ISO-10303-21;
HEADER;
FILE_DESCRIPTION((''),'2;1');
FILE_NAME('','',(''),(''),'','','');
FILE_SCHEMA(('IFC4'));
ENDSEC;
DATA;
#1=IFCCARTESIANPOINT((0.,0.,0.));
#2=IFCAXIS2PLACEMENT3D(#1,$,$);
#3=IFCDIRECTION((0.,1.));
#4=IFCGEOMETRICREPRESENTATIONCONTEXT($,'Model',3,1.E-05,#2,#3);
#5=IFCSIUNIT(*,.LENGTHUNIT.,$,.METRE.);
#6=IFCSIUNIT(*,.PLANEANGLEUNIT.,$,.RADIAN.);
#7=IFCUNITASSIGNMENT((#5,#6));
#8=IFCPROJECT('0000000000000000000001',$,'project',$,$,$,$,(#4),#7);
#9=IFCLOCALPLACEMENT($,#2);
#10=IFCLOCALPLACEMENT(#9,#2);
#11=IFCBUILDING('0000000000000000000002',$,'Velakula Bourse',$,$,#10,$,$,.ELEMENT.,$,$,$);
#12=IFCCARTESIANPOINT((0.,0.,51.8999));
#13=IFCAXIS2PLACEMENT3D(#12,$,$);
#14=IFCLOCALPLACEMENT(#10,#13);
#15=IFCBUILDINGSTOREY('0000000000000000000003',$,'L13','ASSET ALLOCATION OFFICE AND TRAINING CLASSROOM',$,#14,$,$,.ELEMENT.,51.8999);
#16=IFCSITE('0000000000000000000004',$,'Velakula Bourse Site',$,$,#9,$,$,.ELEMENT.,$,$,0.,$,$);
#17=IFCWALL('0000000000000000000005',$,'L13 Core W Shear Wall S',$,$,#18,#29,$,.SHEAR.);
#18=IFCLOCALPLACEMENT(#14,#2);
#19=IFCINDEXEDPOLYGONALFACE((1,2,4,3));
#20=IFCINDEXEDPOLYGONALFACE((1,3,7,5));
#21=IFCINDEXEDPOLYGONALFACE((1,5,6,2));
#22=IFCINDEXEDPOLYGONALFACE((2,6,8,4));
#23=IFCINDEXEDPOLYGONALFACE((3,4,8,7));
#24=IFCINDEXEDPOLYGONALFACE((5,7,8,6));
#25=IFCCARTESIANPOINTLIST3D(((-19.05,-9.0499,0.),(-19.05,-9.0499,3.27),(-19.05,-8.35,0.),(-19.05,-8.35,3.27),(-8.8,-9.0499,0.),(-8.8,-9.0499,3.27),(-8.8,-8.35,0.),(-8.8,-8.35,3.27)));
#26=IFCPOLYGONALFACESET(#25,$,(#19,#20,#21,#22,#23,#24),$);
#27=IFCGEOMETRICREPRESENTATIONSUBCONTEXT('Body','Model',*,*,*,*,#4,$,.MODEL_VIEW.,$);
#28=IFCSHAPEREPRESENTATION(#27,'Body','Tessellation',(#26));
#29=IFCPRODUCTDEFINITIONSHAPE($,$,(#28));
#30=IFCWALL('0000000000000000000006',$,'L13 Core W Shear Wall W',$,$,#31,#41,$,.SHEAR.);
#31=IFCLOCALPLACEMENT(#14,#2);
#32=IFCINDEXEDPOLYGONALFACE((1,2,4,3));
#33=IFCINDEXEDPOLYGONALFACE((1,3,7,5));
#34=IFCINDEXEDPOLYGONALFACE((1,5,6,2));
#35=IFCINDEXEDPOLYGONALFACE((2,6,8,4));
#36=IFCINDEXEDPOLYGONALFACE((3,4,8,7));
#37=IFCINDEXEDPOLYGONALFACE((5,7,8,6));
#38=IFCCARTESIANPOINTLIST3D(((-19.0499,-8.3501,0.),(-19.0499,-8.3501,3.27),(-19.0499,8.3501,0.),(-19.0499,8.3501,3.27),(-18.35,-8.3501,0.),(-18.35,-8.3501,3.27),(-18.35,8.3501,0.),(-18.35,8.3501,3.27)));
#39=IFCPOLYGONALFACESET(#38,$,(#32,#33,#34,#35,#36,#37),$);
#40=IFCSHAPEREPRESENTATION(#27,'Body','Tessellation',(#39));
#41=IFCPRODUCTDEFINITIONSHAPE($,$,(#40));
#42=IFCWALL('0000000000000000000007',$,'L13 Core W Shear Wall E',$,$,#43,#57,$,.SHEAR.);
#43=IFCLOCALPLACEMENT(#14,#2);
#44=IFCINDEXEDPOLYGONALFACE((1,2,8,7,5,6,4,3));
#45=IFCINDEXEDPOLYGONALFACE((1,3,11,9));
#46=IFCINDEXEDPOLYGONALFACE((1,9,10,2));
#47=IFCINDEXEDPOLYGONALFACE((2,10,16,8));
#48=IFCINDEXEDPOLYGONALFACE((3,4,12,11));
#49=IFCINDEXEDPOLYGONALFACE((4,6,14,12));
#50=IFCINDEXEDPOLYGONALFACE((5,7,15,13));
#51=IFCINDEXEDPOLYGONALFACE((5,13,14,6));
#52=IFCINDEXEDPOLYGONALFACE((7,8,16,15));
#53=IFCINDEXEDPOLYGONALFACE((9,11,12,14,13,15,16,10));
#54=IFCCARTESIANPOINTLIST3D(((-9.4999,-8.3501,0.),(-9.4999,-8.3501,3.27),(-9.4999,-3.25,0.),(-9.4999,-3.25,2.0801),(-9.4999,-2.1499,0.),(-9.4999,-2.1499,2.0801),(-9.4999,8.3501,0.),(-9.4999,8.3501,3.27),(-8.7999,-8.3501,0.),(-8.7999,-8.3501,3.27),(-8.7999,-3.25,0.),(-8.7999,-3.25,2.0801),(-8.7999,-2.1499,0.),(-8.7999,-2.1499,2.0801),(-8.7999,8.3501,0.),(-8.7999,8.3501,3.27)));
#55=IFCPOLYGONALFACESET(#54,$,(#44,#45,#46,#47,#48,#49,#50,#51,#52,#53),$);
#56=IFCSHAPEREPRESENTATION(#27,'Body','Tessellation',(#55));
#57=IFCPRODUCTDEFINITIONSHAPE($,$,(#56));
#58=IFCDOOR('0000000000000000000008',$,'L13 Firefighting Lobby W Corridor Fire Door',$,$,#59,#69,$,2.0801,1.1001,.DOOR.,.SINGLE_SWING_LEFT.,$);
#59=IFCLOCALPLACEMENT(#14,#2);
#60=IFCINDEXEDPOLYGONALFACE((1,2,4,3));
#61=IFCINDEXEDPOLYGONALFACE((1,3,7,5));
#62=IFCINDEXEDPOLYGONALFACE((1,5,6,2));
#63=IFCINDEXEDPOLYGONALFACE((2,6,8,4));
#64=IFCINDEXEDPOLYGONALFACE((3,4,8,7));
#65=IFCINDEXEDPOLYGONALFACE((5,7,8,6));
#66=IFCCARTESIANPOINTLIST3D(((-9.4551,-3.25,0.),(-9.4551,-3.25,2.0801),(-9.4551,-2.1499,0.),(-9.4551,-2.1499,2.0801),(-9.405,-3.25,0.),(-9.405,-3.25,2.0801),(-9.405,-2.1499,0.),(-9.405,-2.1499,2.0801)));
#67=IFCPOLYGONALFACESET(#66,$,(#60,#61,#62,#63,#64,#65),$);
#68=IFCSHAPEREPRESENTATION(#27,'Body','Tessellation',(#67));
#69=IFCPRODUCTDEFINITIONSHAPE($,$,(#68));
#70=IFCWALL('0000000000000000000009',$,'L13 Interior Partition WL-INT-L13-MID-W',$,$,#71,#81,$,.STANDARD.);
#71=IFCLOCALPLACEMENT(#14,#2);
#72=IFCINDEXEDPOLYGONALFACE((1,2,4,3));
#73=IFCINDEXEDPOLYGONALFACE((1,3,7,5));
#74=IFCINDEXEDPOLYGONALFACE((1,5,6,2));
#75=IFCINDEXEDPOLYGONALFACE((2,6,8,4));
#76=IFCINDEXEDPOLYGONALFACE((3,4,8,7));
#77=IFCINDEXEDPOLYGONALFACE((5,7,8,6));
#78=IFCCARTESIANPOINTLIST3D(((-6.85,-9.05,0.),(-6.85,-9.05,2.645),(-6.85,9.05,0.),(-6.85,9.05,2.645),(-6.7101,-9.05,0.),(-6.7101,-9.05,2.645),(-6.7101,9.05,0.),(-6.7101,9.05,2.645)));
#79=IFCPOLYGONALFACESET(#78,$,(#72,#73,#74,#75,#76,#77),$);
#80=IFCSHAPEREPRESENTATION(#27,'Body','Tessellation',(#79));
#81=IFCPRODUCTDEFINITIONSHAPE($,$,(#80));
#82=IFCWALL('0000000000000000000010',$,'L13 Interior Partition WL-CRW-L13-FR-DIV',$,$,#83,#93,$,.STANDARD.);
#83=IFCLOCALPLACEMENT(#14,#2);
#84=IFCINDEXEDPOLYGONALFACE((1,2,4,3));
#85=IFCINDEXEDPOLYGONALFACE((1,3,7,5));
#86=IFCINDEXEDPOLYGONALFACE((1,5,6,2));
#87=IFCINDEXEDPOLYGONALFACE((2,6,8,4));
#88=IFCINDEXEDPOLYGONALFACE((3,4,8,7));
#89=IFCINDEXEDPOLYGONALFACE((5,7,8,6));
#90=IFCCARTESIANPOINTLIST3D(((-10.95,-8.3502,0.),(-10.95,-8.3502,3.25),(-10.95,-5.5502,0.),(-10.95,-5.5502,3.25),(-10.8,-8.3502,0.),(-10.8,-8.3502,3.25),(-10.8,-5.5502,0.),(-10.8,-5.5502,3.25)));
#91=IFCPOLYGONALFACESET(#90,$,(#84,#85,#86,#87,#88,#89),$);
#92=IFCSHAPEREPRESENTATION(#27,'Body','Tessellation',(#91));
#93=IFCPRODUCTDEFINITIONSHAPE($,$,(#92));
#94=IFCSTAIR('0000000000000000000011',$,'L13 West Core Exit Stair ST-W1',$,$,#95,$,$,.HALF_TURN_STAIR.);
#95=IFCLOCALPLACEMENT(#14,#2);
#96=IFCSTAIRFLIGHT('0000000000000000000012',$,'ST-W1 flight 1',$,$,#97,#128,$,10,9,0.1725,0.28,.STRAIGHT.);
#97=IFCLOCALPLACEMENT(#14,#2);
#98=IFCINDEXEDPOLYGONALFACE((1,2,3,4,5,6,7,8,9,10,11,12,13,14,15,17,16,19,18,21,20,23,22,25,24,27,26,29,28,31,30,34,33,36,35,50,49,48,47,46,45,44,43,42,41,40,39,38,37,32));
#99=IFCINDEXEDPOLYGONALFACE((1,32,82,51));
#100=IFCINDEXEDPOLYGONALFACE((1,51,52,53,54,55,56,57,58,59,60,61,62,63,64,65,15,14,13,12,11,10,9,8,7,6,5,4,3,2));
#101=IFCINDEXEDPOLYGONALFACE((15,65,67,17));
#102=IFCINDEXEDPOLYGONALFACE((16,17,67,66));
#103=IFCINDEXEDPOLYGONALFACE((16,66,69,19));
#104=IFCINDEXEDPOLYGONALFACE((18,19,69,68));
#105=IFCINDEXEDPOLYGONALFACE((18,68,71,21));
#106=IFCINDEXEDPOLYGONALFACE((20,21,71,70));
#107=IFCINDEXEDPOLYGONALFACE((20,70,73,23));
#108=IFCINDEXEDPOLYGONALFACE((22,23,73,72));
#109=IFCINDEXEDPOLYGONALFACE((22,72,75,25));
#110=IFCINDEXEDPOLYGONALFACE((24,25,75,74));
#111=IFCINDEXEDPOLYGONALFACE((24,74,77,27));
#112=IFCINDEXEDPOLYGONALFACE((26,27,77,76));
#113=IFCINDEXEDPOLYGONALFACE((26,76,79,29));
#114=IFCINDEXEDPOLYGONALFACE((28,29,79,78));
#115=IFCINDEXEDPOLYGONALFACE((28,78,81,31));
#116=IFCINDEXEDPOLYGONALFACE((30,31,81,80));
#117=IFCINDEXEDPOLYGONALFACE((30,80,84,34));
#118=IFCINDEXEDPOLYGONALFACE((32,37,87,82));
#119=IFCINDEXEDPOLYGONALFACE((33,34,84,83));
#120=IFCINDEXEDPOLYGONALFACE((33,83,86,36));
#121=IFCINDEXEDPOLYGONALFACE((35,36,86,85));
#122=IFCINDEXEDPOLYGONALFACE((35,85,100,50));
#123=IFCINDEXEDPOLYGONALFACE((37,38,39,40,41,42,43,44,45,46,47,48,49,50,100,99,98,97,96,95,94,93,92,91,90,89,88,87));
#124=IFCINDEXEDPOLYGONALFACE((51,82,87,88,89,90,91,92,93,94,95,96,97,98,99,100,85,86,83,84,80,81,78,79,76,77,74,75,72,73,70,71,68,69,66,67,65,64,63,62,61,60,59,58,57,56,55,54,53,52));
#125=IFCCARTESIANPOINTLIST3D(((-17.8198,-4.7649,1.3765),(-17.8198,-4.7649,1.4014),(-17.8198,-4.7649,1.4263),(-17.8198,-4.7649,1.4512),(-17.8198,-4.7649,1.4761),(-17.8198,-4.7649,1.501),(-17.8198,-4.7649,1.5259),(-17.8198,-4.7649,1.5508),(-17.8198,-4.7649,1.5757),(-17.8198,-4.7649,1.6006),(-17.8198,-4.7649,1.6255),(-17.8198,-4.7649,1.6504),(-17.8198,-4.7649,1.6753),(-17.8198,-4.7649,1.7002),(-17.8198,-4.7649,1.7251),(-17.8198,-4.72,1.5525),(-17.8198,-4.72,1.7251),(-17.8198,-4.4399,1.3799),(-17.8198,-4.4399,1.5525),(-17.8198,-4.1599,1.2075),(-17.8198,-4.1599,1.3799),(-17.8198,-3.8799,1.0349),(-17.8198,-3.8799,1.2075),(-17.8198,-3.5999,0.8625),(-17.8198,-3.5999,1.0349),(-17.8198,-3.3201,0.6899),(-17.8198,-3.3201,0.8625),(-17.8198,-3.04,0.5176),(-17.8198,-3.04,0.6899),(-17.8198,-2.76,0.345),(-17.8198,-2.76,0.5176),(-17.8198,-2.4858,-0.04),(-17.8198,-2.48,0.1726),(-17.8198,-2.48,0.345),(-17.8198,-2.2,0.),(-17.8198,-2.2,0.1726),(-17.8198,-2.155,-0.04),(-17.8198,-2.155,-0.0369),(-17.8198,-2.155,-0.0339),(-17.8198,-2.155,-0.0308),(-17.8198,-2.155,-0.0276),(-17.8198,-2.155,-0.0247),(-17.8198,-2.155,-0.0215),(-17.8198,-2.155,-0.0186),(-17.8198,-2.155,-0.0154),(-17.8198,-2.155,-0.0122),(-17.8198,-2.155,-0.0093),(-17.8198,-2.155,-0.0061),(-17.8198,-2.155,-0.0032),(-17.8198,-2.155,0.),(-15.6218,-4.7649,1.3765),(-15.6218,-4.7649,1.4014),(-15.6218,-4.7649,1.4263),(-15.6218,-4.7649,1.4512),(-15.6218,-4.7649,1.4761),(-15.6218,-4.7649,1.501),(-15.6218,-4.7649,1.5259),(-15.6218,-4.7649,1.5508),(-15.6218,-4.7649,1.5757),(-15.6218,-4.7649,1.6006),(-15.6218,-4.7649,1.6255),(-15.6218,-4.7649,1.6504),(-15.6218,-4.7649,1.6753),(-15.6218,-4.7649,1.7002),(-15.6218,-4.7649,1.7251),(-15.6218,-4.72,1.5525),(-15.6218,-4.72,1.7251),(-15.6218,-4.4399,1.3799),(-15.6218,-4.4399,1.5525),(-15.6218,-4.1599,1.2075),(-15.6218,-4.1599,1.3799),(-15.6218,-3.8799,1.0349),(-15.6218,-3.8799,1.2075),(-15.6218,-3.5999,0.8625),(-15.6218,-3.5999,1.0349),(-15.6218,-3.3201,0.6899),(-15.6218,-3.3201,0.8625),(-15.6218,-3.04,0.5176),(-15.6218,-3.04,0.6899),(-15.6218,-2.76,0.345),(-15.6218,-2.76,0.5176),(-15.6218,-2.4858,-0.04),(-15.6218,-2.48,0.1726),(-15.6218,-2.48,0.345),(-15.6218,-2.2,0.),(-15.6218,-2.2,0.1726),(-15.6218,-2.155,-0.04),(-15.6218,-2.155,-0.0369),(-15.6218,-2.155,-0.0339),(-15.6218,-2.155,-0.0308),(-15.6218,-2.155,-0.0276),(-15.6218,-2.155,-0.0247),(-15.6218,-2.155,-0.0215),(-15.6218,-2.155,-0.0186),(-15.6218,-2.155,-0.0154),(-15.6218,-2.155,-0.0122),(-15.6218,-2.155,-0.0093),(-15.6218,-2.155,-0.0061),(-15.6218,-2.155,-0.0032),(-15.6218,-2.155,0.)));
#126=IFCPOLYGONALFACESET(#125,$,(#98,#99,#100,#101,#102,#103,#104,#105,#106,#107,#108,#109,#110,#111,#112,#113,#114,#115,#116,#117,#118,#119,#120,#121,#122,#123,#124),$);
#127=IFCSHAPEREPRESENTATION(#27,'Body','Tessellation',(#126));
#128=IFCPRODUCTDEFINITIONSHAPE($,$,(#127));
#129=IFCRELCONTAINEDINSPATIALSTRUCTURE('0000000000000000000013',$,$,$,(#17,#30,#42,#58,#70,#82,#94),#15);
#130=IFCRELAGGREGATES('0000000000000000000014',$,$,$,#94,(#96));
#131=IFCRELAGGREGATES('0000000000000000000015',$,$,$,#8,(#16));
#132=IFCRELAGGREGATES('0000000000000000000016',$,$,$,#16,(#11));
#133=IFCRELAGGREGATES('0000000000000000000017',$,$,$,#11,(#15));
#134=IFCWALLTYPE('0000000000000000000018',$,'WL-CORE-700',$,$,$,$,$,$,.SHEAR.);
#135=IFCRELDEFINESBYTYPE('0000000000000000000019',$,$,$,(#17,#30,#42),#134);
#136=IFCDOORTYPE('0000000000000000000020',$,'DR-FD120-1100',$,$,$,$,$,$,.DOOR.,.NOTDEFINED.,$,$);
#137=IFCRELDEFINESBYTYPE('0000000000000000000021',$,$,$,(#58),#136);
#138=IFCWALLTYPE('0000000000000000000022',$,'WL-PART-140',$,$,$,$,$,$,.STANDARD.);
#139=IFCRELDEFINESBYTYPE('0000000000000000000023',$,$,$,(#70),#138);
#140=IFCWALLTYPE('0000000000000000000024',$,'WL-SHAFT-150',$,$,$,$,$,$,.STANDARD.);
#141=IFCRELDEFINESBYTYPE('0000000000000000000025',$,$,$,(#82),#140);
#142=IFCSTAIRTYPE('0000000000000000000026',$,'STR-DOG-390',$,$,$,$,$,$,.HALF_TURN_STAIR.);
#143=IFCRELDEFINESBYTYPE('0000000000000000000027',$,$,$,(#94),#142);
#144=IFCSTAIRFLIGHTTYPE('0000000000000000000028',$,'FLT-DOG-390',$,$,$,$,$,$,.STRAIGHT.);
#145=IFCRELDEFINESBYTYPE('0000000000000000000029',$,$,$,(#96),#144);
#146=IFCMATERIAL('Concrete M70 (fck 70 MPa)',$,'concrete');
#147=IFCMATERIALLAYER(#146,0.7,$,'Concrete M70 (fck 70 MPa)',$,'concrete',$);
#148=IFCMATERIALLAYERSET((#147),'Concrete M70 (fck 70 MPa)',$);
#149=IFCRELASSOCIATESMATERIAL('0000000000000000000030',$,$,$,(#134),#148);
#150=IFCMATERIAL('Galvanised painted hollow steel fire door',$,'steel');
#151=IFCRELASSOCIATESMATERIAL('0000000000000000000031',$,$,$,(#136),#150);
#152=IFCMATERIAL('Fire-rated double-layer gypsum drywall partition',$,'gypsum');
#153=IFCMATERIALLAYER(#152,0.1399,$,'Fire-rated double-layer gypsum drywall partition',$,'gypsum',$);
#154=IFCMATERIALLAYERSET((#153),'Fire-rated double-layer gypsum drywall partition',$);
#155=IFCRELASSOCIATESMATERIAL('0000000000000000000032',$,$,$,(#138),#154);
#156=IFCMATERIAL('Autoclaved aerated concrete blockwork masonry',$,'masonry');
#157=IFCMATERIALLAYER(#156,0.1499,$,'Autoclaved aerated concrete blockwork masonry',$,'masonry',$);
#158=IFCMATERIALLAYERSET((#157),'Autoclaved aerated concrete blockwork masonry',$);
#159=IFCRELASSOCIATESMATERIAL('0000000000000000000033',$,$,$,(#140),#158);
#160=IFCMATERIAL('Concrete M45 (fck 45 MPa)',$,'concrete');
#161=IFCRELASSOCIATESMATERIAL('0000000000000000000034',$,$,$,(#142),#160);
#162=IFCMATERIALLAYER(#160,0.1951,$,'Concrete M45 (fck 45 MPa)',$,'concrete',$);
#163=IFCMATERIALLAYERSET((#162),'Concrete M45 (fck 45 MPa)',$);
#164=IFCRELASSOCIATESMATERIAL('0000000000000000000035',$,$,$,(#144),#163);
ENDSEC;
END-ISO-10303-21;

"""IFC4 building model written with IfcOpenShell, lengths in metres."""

from ifc_helpers import new_model, si_unit, direction, frame, frame_2d, origin, place, context, subcontext, project, spatial, polyline, rectangle, outline, extrude, material, layer, layer_set, type_object, element, fill, aggregate, save


model = new_model("IFC4")

# Units and contexts
model_context = context("Model", 3, precision=1e-05, world=origin(), true_north=direction((0.0, 1.0)))
body_context = subcontext(model_context, "Body", "Model", "MODEL_VIEW")
ifc_project = project(units=[si_unit("LENGTHUNIT", "METRE"), si_unit("PLANEANGLEUNIT", "RADIAN")], contexts=[model_context])

# Site, building, storey
site_placement = place(None, origin())
site = spatial("IfcSite", under=ifc_project, at=site_placement, Name="Velakula Bourse Site", CompositionType="ELEMENT", RefElevation=0.0)
building_placement = place(site_placement, origin())
building = spatial("IfcBuilding", under=site, at=building_placement, Name="Velakula Bourse", CompositionType="ELEMENT")
storey_placement = place(building_placement, frame((0.0, 0.0, 51.8999)))
storey = spatial("IfcBuildingStorey", under=building, at=storey_placement, Name="L13", Description="ASSET ALLOCATION OFFICE AND TRAINING CLASSROOM", CompositionType="ELEMENT", Elevation=51.8999)

# Shared definitions
ifc_material_1 = material(Name="Concrete M70 (fck 70 MPa)", Category="concrete")

# Shared definitions
ifc_material_2 = material(Name="Galvanised painted hollow steel fire door", Category="steel")

# Walls
ifc_layer_1 = layer(ifc_material_1, 0.7, Name="Concrete M70 (fck 70 MPa)", Category="concrete")
ifc_layer_set_1 = layer_set([ifc_layer_1], Name="Concrete M70 (fck 70 MPa)")
wall_type_1 = type_object("IfcWallType", Name="WL-CORE-700", PredefinedType="SHEAR", material=ifc_layer_set_1)
wall_1_placement = place(storey_placement, frame((-19.05, -8.7, 0.0), z_axis=(0.0, 0.0, 1.0), x_axis=(1.0, 0.0, 0.0)))
element("IfcWall", 1, at=wall_1_placement, inside=storey, type_object=wall_type_1, Name="L13 Core W Shear Wall S", PredefinedType="SHEAR", context=body_context, shape_type="SweptSolid", body=[
    extrude(rectangle(XDim=10.25, YDim=0.7, at=frame_2d((5.125, 0.0))), origin(), (0.0, 0.0, 1.0), 3.27),
])
wall_2_placement = place(storey_placement, frame((-18.7, -8.3501, 0.0), z_axis=(0.0, 0.0, 1.0), x_axis=(0.0, 1.0, 0.0)))
element("IfcWall", 2, at=wall_2_placement, inside=storey, type_object=wall_type_1, Name="L13 Core W Shear Wall W", PredefinedType="SHEAR", context=body_context, shape_type="SweptSolid", body=[
    extrude(rectangle(XDim=16.7002, YDim=0.7, at=frame_2d((8.3501, 0.0))), origin(), (0.0, 0.0, 1.0), 3.27),
])

# Wall, opening, door
wall_3_placement = place(storey_placement, frame((-9.1499, -8.3501, 0.0), z_axis=(0.0, 0.0, 1.0), x_axis=(0.0, 1.0, 0.0)))
wall_3 = element("IfcWall", 3, at=wall_3_placement, inside=storey, type_object=wall_type_1, Name="L13 Core W Shear Wall E", PredefinedType="SHEAR", context=body_context, shape_type="SweptSolid", body=[
    extrude(rectangle(XDim=16.7002, YDim=0.7, at=frame_2d((8.3501, 0.0))), origin(), (0.0, 0.0, 1.0), 3.27),
])
opening_1_placement = place(wall_3_placement, frame((5.1001, 0.0, 0.0)))
opening_1 = element("IfcOpeningElement", 4, at=opening_1_placement, cuts=wall_3, PredefinedType="OPENING", context=body_context, shape_type="SweptSolid", body=[
    extrude(rectangle(XDim=1.1001, YDim=2.0801, at=frame_2d((0.55, 1.04))), frame((0.0, 0.3599, 0.0), z_axis=(0.0, -1.0, 0.0), x_axis=(1.0, 0.0, 0.0)), (0.0, 0.0, 1.0), 0.72),
])
door_type_1 = type_object("IfcDoorType", Name="DR-FD120-1100", OperationType="NOTDEFINED", PredefinedType="DOOR", material=ifc_material_2)
door_1_placement = place(opening_1_placement, origin())
door_1 = element("IfcDoor", 5, at=door_1_placement, inside=storey, type_object=door_type_1, Name="L13 Firefighting Lobby W Corridor Fire Door", OperationType="SINGLE_SWING_LEFT", OverallHeight=2.0801, OverallWidth=1.1001, PredefinedType="DOOR", context=body_context, shape_type="SweptSolid", body=[
    extrude(rectangle(XDim=1.1001, YDim=2.0801, at=frame_2d((0.55, 1.04))), frame((0.0, 0.3052, 0.0), z_axis=(0.0, -1.0, 0.0), x_axis=(1.0, 0.0, 0.0)), (0.0, 0.0, 1.0), 0.05),
])
fill(opening_1, door_1)

# Wall
ifc_material_3 = material(Name="Fire-rated double-layer gypsum drywall partition", Category="gypsum")
ifc_layer_2 = layer(ifc_material_3, 0.1399, Name="Fire-rated double-layer gypsum drywall partition", Category="gypsum")
ifc_layer_set_2 = layer_set([ifc_layer_2], Name="Fire-rated double-layer gypsum drywall partition")
wall_type_2 = type_object("IfcWallType", Name="WL-PART-140", PredefinedType="STANDARD", material=ifc_layer_set_2)
wall_4_placement = place(storey_placement, frame((-6.78, -9.05, 0.0), z_axis=(0.0, 0.0, 1.0), x_axis=(0.0, 1.0, 0.0)))
element("IfcWall", 6, at=wall_4_placement, inside=storey, type_object=wall_type_2, Name="L13 Interior Partition WL-INT-L13-MID-W", PredefinedType="STANDARD", context=body_context, shape_type="SweptSolid", body=[
    extrude(rectangle(XDim=18.1001, YDim=0.1399, at=frame_2d((9.05, 0.0))), origin(), (0.0, 0.0, 1.0), 2.645),
])

# Shared definitions
ifc_material_4 = material(Name="Autoclaved aerated concrete blockwork masonry", Category="masonry")
ifc_layer_3 = layer(ifc_material_4, 0.1499, Name="Autoclaved aerated concrete blockwork masonry", Category="masonry")
ifc_layer_set_3 = layer_set([ifc_layer_3], Name="Autoclaved aerated concrete blockwork masonry")
wall_type_3 = type_object("IfcWallType", Name="WL-SHAFT-150", PredefinedType="STANDARD", material=ifc_layer_set_3)

# Wall
wall_5_placement = place(storey_placement, frame((-10.875, -8.3501, 0.0), z_axis=(0.0, 0.0, 1.0), x_axis=(0.0, 1.0, 0.0)))
element("IfcWall", 7, at=wall_5_placement, inside=storey, type_object=wall_type_3, Name="L13 Interior Partition WL-CRW-L13-FR-DIV", PredefinedType="STANDARD", context=body_context, shape_type="SweptSolid", body=[
    extrude(rectangle(XDim=2.8, YDim=0.1499, at=frame_2d((1.3999, 0.0))), origin(), (0.0, 0.0, 1.0), 3.25),
])

# Stair, stair flight
ifc_material_5 = material(Name="Concrete M45 (fck 45 MPa)", Category="concrete")
stair_type = type_object("IfcStairType", Name="STR-DOG-390", PredefinedType="HALF_TURN_STAIR", material=ifc_material_5)
stair_placement = place(storey_placement, origin())
stair = element("IfcStair", 8, at=stair_placement, inside=storey, type_object=stair_type, Name="L13 West Core Exit Stair ST-W1", PredefinedType="HALF_TURN_STAIR")
ifc_layer_4 = layer(ifc_material_5, 0.1951, Name="Concrete M45 (fck 45 MPa)", Category="concrete")
ifc_layer_set_4 = layer_set([ifc_layer_4], Name="Concrete M45 (fck 45 MPa)")
stair_flight_type = type_object("IfcStairFlightType", Name="FLT-DOG-390", PredefinedType="STRAIGHT", material=ifc_layer_set_4)
stair_flight_1_placement = place(storey_placement, frame((-16.7209, -2.2, 0.0), z_axis=(0.0, 0.0, 1.0), x_axis=(0.0, -1.0, 0.0)))
stair_flight_1 = element("IfcStairFlight", 9, at=stair_flight_1_placement, type_object=stair_flight_type, Name="ST-W1 flight 1", NumberOfRisers=10, NumberOfTreads=9, PredefinedType="STRAIGHT", RiserHeight=0.1725, TreadLength=0.28, context=body_context, shape_type="SweptSolid", body=[
    extrude(outline(polyline([(-0.0449, -0.04), (-0.0449, -0.0369), (-0.0449, -0.0339), (-0.0449, -0.0308), (-0.0449, -0.0276), (-0.0449, -0.0247), (-0.0449, -0.0215), (-0.0449, -0.0186), (-0.0449, -0.0154), (-0.0449, -0.0122), (-0.0449, -0.0093), (-0.0449, -0.0061), (-0.0449, -0.0032), (-0.0449, 0.0), (0.0, 0.0), (0.0, 0.1726), (0.28, 0.1726), (0.28, 0.345), (0.5601, 0.345), (0.5601, 0.5176), (0.8401, 0.5176), (0.8401, 0.6899), (1.1201, 0.6899), (1.1201, 0.8625), (1.3999, 0.8625), (1.3999, 1.0349), (1.6799, 1.0349), (1.6799, 1.2075), (1.96, 1.2075), (1.96, 1.3799), (2.24, 1.3799), (2.24, 1.5525), (2.52, 1.5525), (2.52, 1.7251), (2.5649, 1.7251), (2.5649, 1.7002), (2.5649, 1.6753), (2.5649, 1.6504), (2.5649, 1.6255), (2.5649, 1.6006), (2.5649, 1.5757), (2.5649, 1.5508), (2.5649, 1.5259), (2.5649, 1.501), (2.5649, 1.4761), (2.5649, 1.4512), (2.5649, 1.4263), (2.5649, 1.4014), (2.5649, 1.3765), (0.2859, -0.04), (-0.0449, -0.04)])), frame((0.0, 1.0991, 0.0), z_axis=(0.0, -1.0, 0.0), x_axis=(1.0, 0.0, 0.0)), (0.0, 0.0, 1.0), 2.198),
])
aggregate(stair, [stair_flight_1])

save(model, "model.ifc")
